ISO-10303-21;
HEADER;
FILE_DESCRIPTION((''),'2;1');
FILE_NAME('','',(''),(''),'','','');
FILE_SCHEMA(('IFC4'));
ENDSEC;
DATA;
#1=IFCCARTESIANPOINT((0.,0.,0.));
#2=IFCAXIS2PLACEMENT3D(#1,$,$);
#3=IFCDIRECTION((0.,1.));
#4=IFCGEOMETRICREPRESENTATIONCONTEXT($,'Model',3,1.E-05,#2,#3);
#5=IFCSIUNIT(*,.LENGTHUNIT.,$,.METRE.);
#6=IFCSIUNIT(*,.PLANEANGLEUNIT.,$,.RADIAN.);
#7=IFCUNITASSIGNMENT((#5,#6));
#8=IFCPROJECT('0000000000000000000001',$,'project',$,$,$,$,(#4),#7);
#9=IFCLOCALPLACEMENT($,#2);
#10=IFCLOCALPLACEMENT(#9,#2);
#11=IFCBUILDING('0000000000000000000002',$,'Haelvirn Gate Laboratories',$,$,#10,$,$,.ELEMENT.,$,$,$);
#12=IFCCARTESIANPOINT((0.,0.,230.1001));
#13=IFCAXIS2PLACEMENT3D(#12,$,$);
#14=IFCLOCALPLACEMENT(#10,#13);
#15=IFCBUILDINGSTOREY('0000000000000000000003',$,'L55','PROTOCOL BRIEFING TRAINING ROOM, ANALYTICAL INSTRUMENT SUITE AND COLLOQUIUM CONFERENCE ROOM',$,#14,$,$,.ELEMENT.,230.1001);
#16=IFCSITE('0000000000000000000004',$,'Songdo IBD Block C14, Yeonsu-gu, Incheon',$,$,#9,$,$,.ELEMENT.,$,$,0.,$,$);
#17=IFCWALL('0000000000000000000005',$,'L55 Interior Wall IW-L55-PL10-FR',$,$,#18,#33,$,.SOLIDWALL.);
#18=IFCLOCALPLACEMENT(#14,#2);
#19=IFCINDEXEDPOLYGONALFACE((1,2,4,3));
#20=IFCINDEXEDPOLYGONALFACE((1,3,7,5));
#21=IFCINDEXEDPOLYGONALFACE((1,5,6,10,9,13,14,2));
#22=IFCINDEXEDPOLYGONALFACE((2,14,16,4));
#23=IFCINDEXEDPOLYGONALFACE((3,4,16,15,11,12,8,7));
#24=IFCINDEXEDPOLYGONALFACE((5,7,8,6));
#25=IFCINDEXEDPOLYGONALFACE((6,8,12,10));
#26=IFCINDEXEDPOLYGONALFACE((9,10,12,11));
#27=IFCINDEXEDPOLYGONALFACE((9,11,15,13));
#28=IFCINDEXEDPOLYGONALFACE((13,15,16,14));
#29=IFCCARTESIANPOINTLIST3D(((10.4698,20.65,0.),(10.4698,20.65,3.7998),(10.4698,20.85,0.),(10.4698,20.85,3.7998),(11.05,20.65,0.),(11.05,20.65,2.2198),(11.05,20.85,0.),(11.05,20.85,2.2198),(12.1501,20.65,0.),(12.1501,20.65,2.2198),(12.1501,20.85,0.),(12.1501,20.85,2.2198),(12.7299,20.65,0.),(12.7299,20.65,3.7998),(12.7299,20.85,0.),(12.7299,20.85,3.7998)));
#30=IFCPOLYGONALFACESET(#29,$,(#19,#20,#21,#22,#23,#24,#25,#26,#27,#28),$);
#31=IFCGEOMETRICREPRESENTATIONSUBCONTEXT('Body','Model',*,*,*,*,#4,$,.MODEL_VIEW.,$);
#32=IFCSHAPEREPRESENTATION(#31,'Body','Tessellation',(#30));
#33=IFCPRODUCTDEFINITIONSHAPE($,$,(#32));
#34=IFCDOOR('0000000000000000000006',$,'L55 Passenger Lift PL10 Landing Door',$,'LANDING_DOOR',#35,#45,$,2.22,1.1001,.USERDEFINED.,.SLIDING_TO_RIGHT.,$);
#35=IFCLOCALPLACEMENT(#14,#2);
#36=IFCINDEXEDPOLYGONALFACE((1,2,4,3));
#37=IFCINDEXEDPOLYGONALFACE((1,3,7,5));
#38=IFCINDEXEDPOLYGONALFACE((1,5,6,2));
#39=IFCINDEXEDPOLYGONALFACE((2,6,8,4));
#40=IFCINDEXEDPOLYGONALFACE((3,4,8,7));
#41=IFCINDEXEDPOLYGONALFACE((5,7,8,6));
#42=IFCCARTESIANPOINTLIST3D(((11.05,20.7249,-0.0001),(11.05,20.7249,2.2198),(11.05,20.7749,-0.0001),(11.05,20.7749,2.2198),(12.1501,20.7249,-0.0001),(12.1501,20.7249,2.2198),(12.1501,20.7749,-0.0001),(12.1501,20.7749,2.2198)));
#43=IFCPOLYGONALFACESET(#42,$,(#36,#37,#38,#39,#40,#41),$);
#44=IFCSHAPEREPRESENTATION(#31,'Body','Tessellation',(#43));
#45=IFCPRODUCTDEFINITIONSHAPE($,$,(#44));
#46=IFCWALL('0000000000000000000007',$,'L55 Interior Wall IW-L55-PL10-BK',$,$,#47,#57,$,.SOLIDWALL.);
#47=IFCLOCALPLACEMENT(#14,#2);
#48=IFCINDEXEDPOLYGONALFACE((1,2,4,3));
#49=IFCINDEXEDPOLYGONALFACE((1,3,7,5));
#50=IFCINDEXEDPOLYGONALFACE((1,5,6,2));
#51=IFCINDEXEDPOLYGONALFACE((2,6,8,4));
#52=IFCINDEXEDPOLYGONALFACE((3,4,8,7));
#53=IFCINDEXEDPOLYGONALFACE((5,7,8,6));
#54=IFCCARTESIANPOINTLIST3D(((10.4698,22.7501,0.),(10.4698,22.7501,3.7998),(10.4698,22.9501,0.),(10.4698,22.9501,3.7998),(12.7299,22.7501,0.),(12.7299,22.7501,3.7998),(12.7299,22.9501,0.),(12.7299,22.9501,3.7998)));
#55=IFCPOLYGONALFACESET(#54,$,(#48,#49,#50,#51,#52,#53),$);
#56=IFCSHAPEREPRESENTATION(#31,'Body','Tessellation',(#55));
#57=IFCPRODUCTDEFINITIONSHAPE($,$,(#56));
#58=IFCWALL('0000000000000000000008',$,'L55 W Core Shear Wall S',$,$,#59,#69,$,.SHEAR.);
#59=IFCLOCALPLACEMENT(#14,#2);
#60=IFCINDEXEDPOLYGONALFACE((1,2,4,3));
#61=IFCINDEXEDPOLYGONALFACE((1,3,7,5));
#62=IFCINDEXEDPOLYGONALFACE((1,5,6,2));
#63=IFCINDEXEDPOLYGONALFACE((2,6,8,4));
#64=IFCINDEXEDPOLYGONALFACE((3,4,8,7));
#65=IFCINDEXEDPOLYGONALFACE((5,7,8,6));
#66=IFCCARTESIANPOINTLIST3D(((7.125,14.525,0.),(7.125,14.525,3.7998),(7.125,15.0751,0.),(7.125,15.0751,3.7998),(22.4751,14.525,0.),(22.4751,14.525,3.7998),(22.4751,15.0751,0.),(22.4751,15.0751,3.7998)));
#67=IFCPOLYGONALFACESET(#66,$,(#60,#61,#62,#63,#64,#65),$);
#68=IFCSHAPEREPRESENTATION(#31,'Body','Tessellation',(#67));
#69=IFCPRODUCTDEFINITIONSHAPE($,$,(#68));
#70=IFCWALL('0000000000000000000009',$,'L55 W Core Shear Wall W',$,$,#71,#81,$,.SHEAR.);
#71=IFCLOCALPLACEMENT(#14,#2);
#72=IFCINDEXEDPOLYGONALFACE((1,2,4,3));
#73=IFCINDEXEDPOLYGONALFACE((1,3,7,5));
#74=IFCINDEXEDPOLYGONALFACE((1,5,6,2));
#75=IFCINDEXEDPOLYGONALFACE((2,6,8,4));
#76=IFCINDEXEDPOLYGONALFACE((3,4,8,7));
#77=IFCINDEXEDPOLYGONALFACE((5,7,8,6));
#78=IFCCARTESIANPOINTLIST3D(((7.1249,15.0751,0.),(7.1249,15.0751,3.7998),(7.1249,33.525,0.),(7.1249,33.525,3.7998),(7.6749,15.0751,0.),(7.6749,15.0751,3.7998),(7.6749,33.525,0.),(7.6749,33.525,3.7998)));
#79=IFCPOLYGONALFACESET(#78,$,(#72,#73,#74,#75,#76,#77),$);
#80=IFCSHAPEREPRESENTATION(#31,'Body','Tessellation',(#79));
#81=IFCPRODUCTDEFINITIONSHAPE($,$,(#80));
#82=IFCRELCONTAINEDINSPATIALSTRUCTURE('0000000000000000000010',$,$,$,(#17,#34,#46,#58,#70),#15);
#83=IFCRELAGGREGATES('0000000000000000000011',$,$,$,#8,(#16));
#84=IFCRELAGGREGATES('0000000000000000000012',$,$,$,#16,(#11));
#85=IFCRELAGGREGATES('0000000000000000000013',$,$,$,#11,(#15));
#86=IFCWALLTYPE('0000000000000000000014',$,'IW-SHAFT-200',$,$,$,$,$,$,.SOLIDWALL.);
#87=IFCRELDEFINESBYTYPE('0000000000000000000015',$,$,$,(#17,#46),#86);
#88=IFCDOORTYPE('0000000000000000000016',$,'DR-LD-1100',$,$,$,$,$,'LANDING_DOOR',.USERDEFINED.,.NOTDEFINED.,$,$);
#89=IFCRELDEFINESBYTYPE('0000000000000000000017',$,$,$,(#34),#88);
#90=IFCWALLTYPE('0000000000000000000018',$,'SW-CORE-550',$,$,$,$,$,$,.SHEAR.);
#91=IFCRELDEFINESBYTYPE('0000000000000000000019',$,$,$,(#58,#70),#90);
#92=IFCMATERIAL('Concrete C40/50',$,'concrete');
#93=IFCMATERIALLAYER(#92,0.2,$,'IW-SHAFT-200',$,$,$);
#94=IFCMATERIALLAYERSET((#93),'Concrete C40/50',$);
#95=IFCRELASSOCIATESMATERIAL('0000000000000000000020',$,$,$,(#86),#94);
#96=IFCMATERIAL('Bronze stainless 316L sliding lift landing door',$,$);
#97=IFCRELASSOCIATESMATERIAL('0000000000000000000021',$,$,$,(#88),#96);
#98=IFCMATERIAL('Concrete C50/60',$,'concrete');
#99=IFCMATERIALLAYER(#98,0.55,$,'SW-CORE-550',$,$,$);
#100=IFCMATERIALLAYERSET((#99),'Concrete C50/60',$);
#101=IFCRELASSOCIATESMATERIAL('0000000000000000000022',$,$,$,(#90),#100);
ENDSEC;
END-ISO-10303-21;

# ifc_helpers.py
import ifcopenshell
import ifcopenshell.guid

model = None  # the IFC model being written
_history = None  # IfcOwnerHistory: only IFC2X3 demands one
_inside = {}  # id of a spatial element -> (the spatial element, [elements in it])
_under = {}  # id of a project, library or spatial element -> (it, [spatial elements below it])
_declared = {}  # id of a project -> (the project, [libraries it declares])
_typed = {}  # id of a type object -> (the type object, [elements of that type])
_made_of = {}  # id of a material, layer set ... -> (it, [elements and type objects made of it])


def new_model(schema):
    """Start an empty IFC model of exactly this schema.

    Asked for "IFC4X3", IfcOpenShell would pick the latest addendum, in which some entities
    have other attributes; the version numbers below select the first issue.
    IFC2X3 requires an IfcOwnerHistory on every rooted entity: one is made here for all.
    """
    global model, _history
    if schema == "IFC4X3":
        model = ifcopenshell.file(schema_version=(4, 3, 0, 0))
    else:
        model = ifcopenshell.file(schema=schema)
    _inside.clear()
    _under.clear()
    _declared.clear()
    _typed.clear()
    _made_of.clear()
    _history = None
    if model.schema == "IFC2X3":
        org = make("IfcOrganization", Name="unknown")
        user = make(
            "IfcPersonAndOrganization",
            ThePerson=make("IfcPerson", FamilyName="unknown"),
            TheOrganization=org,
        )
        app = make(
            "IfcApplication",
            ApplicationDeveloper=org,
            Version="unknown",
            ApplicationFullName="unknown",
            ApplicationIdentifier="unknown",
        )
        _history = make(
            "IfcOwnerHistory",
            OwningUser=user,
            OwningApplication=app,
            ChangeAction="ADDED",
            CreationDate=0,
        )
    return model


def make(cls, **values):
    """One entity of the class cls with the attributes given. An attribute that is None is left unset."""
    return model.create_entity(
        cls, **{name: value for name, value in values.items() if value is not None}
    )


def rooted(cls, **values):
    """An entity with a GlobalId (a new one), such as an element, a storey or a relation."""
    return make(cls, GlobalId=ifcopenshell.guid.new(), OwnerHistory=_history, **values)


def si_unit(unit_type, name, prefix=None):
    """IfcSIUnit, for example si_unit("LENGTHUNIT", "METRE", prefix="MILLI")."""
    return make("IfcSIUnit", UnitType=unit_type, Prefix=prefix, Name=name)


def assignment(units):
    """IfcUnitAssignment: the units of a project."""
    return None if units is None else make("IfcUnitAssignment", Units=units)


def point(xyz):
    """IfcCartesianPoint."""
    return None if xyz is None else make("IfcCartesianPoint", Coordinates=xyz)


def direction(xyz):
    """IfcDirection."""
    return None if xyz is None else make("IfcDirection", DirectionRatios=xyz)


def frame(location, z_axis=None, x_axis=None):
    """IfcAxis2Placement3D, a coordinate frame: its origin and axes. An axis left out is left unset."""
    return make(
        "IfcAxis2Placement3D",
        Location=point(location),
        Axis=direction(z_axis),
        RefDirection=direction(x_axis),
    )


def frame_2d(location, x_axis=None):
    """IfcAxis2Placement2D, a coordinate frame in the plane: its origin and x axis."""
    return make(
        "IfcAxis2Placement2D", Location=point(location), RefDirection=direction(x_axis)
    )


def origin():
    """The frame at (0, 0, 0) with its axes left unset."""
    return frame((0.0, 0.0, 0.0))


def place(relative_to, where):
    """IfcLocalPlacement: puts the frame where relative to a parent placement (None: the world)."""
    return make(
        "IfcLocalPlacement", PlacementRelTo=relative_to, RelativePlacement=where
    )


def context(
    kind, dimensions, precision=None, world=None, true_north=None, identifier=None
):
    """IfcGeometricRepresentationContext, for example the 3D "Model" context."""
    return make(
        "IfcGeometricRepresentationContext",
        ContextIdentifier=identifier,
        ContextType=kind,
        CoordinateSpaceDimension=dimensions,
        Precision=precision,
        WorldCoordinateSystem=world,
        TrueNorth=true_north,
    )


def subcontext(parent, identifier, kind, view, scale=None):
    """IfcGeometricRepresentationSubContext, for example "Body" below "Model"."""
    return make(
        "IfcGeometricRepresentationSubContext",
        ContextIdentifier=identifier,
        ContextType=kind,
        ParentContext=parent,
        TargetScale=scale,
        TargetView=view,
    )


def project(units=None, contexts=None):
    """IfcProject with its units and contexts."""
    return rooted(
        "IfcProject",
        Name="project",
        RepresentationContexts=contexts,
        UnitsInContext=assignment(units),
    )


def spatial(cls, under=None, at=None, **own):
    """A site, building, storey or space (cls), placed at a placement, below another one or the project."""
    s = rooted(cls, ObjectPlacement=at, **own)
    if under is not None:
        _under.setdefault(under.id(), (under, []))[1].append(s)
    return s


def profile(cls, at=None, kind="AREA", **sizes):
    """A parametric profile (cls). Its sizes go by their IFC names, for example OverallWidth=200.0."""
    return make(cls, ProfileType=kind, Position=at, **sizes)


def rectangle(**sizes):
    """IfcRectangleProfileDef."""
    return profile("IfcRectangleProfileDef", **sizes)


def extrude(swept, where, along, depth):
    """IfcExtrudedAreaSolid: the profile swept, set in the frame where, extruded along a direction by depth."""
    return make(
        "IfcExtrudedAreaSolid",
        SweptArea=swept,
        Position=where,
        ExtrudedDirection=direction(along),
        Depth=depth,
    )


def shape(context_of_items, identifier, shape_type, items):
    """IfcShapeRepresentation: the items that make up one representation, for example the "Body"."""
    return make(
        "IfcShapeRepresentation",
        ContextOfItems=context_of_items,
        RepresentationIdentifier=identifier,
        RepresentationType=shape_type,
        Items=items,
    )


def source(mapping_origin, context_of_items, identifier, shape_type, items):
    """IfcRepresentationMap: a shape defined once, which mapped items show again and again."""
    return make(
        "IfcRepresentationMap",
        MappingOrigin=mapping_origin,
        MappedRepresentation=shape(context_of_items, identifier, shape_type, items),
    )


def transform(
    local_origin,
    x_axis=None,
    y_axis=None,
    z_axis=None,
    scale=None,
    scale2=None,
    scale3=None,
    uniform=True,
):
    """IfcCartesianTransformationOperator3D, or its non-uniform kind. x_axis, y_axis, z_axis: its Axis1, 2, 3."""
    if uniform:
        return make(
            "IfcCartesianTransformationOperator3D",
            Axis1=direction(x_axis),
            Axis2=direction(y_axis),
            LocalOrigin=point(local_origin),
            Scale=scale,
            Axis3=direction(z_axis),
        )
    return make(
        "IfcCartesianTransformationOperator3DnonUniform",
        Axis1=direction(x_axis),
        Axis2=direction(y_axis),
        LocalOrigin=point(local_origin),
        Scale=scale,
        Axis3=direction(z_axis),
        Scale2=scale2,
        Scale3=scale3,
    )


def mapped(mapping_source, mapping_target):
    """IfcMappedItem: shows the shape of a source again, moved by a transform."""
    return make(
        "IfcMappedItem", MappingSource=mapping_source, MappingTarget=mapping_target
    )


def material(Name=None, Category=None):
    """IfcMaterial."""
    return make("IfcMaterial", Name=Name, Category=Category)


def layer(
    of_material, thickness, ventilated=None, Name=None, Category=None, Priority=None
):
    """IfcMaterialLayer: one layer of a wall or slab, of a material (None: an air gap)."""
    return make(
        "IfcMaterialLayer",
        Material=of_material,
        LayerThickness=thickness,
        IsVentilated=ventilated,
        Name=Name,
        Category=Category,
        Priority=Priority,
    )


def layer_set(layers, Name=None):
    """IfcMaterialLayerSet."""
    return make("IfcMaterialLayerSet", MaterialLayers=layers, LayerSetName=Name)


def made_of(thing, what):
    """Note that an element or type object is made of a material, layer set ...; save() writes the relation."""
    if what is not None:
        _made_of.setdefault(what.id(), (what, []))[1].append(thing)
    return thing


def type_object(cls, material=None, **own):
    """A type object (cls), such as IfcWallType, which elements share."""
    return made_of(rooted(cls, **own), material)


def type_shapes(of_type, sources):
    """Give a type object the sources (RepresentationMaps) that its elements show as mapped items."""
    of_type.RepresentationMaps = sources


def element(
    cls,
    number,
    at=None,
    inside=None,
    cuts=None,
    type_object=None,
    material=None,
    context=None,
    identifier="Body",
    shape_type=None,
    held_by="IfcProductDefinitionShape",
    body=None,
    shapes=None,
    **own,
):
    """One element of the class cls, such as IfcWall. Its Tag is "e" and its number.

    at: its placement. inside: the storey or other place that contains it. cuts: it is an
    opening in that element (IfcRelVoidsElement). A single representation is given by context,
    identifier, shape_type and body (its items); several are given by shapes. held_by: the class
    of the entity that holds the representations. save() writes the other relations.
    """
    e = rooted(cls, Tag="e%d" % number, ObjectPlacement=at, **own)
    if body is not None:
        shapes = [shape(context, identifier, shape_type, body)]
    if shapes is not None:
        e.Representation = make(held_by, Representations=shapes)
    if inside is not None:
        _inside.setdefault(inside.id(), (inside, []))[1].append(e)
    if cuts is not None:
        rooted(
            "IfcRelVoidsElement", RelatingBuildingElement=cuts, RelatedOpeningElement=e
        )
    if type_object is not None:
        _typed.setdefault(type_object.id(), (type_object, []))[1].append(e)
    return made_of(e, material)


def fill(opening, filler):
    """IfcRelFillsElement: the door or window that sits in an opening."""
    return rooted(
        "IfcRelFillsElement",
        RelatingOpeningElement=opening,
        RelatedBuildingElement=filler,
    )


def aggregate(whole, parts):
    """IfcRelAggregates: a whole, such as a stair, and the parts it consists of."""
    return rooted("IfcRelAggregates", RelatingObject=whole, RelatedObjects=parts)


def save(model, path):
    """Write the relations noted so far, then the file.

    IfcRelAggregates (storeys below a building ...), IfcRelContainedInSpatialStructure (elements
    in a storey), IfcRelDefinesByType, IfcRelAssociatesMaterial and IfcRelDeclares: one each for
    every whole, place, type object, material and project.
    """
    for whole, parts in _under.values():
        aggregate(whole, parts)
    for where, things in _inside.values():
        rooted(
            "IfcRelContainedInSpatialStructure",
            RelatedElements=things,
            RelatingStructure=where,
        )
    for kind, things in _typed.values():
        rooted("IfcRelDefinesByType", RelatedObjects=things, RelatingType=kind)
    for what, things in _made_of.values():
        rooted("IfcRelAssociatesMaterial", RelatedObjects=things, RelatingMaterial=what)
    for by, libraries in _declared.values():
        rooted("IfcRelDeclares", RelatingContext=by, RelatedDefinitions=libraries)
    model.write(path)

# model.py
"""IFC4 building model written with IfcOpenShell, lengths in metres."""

from ifc_helpers import new_model, si_unit, direction, frame, frame_2d, origin, place, context, subcontext, project, spatial, rectangle, extrude, source, transform, mapped, material, layer, layer_set, type_object, type_shapes, element, fill, save


model = new_model("IFC4")

# Units and contexts
model_context = context("Model", 3, precision=1e-05, world=origin(), true_north=direction((0.0, 1.0)))
body_context = subcontext(model_context, "Body", "Model", "MODEL_VIEW")
ifc_project = project(units=[si_unit("LENGTHUNIT", "METRE"), si_unit("PLANEANGLEUNIT", "RADIAN")], contexts=[model_context])

# Site, building, storey
site_placement = place(None, origin())
site = spatial("IfcSite", under=ifc_project, at=site_placement, Name="Songdo IBD Block C14, Yeonsu-gu, Incheon", CompositionType="ELEMENT", RefElevation=0.0)
building_placement = place(site_placement, origin())
building = spatial("IfcBuilding", under=site, at=building_placement, Name="Haelvirn Gate Laboratories", CompositionType="ELEMENT")
storey_placement = place(building_placement, frame((0.0, 0.0, 230.1001)))
storey = spatial("IfcBuildingStorey", under=building, at=storey_placement, Name="L55", Description="PROTOCOL BRIEFING TRAINING ROOM, ANALYTICAL INSTRUMENT SUITE AND COLLOQUIUM CONFERENCE ROOM", CompositionType="ELEMENT", Elevation=230.1001)

# Shared definitions
ifc_material_1 = material(Name="Concrete C50/60", Category="concrete")

# Shared definitions
ifc_material_2 = material(Name="Concrete C40/50", Category="concrete")

# Shared definitions
ifc_layer_1 = layer(ifc_material_2, 0.2, Name="IW-SHAFT-200")
ifc_layer_set_1 = layer_set([ifc_layer_1], Name="Concrete C40/50")
wall_type_1 = type_object("IfcWallType", Name="IW-SHAFT-200", PredefinedType="SOLIDWALL", material=ifc_layer_set_1)
ifc_material_3 = material(Name="Bronze stainless 316L sliding lift landing door")
door_type_1 = type_object("IfcDoorType", Name="DR-LD-1100", ElementType="LANDING_DOOR", OperationType="NOTDEFINED", PredefinedType="USERDEFINED", material=ifc_material_3)
shared_shape_1 = source(origin(), body_context, "Body", "SweptSolid", [
    extrude(rectangle(XDim=1.1001, YDim=2.22, at=frame_2d((0.55, 1.1099))), frame((0.0, 0.0249, 0.0), z_axis=(0.0, -1.0, 0.0), x_axis=(1.0, 0.0, 0.0)), (0.0, 0.0, 1.0), 0.05),
])
type_shapes(door_type_1, [shared_shape_1])

# Wall, opening, door
wall_1_placement = place(storey_placement, frame((10.47, 20.75, 0.0), z_axis=(0.0, 0.0, 1.0), x_axis=(1.0, 0.0, 0.0)))
wall_1 = element("IfcWall", 1, at=wall_1_placement, inside=storey, type_object=wall_type_1, Name="L55 Interior Wall IW-L55-PL10-FR", PredefinedType="SOLIDWALL", context=body_context, shape_type="SweptSolid", body=[
    extrude(rectangle(XDim=2.26, YDim=0.2, at=frame_2d((1.1299, 0.0))), origin(), (0.0, 0.0, 1.0), 3.7998),
])
opening_1_placement = place(wall_1_placement, frame((0.5801, 0.0, 0.0)))
opening_1 = element("IfcOpeningElement", 2, at=opening_1_placement, cuts=wall_1, PredefinedType="OPENING", context=body_context, shape_type="SweptSolid", body=[
    extrude(rectangle(XDim=1.1001, YDim=2.22, at=frame_2d((0.55, 1.1099))), frame((0.0, 0.1099, 0.0), z_axis=(0.0, -1.0, 0.0), x_axis=(1.0, 0.0, 0.0)), (0.0, 0.0, 1.0), 0.22),
])
door_1_placement = place(opening_1_placement, origin())
door_1 = element("IfcDoor", 3, at=door_1_placement, inside=storey, type_object=door_type_1, Name="L55 Passenger Lift PL10 Landing Door", ObjectType="LANDING_DOOR", OperationType="SLIDING_TO_RIGHT", OverallHeight=2.22, OverallWidth=1.1001, PredefinedType="USERDEFINED", context=body_context, shape_type="MappedRepresentation", body=[
    mapped(shared_shape_1, transform((0.0, 0.0, 0.0), scale=1.0)),
])
fill(opening_1, door_1)

# Walls
wall_2_placement = place(storey_placement, frame((10.47, 22.8501, 0.0), z_axis=(0.0, 0.0, 1.0), x_axis=(1.0, 0.0, 0.0)))
element("IfcWall", 4, at=wall_2_placement, inside=storey, type_object=wall_type_1, Name="L55 Interior Wall IW-L55-PL10-BK", PredefinedType="SOLIDWALL", context=body_context, shape_type="SweptSolid", body=[
    extrude(rectangle(XDim=2.26, YDim=0.2, at=frame_2d((1.1299, 0.0))), origin(), (0.0, 0.0, 1.0), 3.7998),
])
ifc_layer_2 = layer(ifc_material_1, 0.55, Name="SW-CORE-550")
ifc_layer_set_2 = layer_set([ifc_layer_2], Name="Concrete C50/60")
wall_type_2 = type_object("IfcWallType", Name="SW-CORE-550", PredefinedType="SHEAR", material=ifc_layer_set_2)
wall_3_placement = place(storey_placement, frame((7.125, 14.8, 0.0), z_axis=(0.0, 0.0, 1.0), x_axis=(1.0, 0.0, 0.0)))
element("IfcWall", 5, at=wall_3_placement, inside=storey, type_object=wall_type_2, Name="L55 W Core Shear Wall S", PredefinedType="SHEAR", context=body_context, shape_type="SweptSolid", body=[
    extrude(rectangle(XDim=15.3501, YDim=0.55, at=frame_2d((7.675, 0.0))), origin(), (0.0, 0.0, 1.0), 3.7998),
])
wall_4_placement = place(storey_placement, frame((7.3999, 15.075, 0.0), z_axis=(0.0, 0.0, 1.0), x_axis=(0.0, 1.0, 0.0)))
element("IfcWall", 6, at=wall_4_placement, inside=storey, type_object=wall_type_2, Name="L55 W Core Shear Wall W", PredefinedType="SHEAR", context=body_context, shape_type="SweptSolid", body=[
    extrude(rectangle(XDim=18.45, YDim=0.55, at=frame_2d((9.2251, 0.0))), origin(), (0.0, 0.0, 1.0), 3.7998),
])

save(model, "model.ifc")
